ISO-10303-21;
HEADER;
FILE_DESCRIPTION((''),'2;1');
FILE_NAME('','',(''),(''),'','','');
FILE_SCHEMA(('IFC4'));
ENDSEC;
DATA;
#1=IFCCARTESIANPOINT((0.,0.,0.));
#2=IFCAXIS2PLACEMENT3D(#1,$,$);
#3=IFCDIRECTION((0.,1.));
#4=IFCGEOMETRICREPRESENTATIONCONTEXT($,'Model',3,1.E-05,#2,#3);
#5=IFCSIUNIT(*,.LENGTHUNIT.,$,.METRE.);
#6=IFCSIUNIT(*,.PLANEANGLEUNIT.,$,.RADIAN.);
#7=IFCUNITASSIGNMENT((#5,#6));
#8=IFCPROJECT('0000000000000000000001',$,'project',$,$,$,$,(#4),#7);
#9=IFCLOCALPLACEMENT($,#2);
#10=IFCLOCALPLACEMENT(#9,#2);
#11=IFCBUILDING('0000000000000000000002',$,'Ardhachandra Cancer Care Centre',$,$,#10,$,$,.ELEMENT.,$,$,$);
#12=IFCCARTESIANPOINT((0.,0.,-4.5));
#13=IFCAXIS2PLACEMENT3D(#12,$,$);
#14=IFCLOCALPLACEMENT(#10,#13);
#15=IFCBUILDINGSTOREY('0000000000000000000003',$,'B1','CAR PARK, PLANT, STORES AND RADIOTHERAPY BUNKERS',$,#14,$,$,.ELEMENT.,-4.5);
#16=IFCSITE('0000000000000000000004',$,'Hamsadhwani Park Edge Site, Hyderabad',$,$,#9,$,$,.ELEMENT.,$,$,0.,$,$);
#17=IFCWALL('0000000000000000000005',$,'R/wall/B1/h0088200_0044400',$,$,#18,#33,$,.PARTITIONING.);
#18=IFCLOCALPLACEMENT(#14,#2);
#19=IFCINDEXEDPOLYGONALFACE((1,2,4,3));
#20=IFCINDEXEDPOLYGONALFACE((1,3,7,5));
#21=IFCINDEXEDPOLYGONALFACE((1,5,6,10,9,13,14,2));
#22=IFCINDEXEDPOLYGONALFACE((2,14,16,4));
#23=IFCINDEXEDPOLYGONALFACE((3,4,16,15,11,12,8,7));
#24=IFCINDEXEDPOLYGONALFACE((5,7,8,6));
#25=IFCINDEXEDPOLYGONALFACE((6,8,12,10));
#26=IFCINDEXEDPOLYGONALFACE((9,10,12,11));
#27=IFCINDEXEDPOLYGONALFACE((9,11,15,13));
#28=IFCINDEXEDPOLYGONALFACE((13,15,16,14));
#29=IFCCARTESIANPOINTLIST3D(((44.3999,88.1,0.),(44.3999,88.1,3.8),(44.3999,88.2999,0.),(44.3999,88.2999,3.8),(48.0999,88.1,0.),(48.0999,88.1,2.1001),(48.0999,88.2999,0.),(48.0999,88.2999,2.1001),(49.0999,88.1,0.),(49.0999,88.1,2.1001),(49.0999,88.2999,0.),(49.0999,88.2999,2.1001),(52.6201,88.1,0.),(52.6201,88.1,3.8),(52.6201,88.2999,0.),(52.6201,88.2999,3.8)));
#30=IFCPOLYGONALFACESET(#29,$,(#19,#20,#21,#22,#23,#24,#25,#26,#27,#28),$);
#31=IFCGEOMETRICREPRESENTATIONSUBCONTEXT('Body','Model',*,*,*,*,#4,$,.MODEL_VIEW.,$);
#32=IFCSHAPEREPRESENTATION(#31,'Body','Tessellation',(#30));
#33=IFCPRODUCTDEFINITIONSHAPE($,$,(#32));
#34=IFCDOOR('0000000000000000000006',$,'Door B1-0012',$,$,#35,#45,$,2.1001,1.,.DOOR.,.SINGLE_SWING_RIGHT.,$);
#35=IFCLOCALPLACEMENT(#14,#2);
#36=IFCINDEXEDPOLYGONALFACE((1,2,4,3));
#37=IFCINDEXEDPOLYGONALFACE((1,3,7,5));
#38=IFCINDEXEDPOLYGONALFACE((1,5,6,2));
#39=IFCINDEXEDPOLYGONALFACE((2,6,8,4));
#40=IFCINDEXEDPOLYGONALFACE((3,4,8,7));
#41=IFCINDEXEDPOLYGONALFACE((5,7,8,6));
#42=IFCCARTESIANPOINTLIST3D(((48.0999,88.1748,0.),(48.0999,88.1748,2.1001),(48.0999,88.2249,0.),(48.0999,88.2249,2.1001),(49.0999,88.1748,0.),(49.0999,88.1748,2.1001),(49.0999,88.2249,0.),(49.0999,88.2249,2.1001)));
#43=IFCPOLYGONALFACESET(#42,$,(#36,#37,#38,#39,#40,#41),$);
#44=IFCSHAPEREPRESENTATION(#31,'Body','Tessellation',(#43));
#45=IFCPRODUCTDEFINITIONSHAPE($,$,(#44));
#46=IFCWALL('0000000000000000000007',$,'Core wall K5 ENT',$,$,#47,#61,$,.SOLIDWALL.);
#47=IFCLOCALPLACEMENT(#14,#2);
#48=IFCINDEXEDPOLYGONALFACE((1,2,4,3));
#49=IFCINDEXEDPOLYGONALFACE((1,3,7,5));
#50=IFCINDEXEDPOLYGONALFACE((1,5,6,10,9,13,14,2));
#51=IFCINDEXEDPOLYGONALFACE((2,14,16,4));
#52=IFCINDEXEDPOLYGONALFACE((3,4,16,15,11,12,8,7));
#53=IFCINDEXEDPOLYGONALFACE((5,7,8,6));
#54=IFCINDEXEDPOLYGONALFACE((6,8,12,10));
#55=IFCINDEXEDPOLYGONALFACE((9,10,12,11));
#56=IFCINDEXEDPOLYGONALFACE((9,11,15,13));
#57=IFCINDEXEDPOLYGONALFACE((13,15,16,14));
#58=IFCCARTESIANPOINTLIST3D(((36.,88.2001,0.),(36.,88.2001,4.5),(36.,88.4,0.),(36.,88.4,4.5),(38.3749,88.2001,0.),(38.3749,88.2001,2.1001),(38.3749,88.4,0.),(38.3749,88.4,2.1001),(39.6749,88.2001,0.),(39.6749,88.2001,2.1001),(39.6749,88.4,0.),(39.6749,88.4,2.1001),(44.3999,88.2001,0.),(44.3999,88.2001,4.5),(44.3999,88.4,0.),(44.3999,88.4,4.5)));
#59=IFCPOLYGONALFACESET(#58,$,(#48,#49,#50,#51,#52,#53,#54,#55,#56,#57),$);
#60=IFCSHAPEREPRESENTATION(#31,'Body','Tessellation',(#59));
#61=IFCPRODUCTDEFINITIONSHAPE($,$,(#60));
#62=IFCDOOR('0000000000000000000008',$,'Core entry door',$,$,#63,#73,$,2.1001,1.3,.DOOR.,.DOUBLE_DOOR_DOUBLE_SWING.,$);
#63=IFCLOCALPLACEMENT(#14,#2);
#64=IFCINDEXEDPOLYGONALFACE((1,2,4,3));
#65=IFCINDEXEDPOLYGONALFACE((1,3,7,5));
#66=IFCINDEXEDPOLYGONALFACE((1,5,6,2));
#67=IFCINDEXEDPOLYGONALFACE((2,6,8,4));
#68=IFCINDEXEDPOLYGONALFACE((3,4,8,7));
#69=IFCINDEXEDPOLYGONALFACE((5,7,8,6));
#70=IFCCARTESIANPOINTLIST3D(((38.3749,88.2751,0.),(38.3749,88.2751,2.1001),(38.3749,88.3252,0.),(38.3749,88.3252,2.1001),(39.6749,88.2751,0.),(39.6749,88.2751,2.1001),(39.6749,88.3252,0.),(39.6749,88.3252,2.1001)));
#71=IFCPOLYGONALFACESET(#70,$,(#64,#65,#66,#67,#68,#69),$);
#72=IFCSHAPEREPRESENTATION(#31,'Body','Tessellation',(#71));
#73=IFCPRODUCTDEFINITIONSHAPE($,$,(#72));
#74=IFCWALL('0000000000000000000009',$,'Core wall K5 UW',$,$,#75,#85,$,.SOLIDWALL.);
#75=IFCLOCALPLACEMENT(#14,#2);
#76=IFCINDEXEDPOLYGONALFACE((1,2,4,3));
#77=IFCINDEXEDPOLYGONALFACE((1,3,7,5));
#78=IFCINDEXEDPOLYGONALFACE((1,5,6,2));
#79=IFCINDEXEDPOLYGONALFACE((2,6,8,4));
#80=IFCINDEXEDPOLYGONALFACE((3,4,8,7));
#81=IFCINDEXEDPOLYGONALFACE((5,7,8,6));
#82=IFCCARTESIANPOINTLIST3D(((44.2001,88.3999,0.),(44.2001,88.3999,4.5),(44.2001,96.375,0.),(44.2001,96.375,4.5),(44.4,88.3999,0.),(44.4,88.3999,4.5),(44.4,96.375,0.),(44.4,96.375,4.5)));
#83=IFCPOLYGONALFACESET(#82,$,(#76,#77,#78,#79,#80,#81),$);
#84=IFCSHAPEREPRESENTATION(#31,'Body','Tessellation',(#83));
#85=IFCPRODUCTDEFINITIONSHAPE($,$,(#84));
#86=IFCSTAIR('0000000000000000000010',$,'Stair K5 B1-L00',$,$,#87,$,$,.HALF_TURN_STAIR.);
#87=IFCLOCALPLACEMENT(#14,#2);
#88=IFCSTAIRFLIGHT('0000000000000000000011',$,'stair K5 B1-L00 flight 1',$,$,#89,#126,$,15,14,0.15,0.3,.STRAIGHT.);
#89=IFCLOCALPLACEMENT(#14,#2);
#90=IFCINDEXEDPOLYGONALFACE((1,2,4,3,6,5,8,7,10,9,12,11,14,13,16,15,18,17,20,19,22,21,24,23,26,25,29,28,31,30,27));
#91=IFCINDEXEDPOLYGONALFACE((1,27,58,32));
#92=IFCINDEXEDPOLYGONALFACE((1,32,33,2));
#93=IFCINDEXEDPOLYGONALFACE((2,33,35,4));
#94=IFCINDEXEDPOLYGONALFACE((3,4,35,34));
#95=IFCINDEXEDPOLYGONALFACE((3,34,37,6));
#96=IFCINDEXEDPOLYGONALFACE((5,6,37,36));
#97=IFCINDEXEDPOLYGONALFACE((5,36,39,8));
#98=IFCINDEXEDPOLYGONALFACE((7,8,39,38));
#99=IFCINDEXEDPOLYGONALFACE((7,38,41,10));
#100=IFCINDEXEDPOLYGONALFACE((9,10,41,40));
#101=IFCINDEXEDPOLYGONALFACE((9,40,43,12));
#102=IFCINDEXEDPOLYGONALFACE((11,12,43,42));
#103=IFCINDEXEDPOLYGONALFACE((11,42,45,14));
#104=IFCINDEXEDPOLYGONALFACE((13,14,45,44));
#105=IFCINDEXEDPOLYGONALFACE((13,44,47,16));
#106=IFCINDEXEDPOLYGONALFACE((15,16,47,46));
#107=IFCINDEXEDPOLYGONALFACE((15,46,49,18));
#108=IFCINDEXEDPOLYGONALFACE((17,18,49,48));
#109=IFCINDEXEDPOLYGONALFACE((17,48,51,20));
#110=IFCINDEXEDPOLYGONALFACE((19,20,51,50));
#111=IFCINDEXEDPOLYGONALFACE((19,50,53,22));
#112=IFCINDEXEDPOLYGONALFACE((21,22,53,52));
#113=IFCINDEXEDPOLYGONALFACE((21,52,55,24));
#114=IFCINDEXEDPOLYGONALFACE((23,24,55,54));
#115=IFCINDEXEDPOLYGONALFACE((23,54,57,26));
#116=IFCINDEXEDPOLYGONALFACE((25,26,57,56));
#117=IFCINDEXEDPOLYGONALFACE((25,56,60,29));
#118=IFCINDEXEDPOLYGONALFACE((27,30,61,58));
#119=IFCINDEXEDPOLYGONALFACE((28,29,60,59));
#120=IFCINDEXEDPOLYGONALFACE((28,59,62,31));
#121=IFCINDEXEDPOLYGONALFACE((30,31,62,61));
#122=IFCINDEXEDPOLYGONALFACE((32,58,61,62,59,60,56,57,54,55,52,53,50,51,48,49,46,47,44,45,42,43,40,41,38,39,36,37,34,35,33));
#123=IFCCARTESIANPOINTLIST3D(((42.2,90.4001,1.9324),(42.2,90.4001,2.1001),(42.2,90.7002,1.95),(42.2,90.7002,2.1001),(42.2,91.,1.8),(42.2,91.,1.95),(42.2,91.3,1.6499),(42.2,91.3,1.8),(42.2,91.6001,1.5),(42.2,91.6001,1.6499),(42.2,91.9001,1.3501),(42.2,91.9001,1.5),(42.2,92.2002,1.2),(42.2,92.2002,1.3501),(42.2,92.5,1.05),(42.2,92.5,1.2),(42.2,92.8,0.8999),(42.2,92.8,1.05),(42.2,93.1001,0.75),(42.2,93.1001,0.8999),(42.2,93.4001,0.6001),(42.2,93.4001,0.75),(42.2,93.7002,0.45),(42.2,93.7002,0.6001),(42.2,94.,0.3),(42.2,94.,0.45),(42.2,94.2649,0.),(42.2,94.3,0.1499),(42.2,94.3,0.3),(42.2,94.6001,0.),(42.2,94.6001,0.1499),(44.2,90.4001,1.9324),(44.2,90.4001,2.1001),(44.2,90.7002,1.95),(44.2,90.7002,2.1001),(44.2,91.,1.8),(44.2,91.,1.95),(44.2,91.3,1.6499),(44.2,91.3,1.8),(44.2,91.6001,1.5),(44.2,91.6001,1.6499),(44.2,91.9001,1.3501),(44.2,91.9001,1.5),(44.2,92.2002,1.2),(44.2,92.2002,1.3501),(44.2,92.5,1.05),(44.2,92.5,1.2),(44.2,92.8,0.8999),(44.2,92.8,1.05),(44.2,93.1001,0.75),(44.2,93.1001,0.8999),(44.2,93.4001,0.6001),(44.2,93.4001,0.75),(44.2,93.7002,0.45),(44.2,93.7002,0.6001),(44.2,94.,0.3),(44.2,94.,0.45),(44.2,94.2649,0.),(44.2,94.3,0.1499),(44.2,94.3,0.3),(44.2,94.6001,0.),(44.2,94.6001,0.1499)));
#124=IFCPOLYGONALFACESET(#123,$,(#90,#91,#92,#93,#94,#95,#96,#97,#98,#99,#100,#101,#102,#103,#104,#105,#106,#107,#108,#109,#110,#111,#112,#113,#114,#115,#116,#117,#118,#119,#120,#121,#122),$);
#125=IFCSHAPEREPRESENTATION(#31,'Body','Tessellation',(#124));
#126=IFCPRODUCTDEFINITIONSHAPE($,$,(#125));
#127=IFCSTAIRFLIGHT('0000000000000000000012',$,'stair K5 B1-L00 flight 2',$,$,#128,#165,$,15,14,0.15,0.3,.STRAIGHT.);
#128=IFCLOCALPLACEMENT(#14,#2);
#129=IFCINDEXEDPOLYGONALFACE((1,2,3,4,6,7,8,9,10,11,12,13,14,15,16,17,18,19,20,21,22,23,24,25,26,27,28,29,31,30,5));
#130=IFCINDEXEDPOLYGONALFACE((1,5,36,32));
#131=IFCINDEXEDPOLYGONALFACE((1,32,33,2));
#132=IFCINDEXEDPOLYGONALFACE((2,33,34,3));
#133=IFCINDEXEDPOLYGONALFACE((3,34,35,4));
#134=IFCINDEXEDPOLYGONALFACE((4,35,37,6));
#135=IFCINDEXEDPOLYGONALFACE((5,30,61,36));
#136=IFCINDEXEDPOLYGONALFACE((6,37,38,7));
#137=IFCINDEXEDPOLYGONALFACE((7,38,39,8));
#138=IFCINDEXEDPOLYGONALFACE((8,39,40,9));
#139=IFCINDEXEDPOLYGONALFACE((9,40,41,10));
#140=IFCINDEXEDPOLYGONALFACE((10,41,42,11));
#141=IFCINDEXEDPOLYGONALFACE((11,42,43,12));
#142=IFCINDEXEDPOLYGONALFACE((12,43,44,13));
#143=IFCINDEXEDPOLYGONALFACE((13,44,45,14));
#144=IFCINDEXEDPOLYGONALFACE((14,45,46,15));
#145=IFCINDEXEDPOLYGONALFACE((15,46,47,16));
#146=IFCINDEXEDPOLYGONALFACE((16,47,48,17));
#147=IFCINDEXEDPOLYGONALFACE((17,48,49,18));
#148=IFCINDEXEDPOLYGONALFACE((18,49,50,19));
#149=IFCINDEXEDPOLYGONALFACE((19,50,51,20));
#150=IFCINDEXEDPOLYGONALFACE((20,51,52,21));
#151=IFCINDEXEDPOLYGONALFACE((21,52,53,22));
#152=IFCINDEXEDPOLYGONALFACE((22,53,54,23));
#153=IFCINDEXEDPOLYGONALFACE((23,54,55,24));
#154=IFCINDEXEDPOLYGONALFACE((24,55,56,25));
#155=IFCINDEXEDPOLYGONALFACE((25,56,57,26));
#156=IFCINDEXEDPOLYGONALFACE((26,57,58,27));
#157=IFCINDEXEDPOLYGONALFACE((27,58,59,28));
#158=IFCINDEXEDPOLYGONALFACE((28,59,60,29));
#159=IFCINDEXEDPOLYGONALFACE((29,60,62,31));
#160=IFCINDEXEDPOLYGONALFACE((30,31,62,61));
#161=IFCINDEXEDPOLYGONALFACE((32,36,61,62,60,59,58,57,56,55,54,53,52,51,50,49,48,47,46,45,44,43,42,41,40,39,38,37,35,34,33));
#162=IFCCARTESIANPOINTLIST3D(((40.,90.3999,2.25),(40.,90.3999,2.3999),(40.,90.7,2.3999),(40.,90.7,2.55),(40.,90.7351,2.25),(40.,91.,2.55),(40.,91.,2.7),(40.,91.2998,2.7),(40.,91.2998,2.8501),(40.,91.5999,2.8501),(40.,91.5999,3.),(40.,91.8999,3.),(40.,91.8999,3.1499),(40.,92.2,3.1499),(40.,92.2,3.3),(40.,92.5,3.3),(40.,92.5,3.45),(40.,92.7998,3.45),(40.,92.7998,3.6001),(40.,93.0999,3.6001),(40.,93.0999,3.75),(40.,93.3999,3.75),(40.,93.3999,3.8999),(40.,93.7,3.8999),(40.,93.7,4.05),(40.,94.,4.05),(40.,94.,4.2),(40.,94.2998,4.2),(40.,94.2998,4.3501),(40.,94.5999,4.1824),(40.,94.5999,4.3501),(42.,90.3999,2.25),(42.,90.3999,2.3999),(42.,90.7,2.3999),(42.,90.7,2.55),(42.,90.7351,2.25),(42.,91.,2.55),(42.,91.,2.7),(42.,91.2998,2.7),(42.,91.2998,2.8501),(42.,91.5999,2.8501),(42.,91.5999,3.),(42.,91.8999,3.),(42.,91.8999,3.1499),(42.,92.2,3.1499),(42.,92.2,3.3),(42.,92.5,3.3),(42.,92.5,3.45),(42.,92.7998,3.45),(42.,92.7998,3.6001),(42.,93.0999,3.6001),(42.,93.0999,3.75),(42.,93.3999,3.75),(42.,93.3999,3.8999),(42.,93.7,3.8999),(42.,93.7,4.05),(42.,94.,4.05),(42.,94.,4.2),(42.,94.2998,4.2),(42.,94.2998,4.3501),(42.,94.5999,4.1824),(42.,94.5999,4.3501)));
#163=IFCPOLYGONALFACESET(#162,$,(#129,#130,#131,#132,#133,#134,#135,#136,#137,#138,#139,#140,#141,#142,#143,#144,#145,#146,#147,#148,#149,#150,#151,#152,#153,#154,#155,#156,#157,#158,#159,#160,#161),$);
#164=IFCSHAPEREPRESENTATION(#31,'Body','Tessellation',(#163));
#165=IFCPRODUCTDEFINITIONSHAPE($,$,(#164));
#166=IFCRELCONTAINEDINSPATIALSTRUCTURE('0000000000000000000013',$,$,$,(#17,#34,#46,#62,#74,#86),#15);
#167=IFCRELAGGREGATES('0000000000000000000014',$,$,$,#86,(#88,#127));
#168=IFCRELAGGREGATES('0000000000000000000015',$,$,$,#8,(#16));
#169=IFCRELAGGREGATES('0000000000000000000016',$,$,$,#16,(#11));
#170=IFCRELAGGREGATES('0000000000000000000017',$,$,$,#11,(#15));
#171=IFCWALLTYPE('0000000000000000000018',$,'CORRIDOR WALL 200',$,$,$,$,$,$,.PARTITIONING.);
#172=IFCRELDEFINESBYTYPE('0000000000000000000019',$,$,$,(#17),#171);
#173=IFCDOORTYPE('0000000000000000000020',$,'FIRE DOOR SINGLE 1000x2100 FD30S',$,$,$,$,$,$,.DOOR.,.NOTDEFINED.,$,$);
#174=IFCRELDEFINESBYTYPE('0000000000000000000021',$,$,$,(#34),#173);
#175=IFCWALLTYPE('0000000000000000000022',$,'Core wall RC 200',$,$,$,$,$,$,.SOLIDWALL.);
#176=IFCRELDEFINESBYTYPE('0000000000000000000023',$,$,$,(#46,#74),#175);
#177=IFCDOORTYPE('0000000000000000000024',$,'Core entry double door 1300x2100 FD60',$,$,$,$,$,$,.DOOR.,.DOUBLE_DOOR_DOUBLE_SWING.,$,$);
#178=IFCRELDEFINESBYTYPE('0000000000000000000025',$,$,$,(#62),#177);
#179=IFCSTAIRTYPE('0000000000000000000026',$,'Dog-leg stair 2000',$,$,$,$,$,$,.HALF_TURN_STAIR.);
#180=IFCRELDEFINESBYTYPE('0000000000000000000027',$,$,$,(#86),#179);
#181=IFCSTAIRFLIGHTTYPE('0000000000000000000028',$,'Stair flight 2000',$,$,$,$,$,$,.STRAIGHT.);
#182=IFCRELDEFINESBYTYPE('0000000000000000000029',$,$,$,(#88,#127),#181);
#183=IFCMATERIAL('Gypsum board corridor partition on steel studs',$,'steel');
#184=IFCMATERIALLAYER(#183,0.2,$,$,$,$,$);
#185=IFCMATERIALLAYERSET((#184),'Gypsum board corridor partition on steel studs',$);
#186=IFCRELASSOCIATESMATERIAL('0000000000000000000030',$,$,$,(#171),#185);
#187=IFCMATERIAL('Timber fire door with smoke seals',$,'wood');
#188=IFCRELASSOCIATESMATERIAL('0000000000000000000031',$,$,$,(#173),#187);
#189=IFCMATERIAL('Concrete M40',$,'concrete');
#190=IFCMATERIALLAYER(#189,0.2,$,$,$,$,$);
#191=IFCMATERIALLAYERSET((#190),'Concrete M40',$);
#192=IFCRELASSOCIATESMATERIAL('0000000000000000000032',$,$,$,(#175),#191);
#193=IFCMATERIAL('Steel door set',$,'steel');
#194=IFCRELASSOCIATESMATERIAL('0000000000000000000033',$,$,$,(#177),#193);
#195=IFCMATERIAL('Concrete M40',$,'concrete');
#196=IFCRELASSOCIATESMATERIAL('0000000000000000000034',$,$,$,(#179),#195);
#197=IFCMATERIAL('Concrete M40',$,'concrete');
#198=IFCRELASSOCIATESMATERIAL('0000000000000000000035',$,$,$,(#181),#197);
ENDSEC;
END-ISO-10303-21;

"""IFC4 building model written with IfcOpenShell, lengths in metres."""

from ifc_helpers import new_model, si_unit, direction, frame, frame_2d, origin, place, context, subcontext, project, spatial, polyline, rectangle, outline, extrude, material, layer, layer_set, type_object, element, fill, aggregate, save


model = new_model("IFC4")

# Units and contexts
model_context = context("Model", 3, precision=1e-05, world=origin(), true_north=direction((0.0, 1.0)))
body_context = subcontext(model_context, "Body", "Model", "MODEL_VIEW")
ifc_project = project(units=[si_unit("LENGTHUNIT", "METRE"), si_unit("PLANEANGLEUNIT", "RADIAN")], contexts=[model_context])

# Site, building, storey
site_placement = place(None, origin())
site = spatial("IfcSite", under=ifc_project, at=site_placement, Name="Hamsadhwani Park Edge Site, Hyderabad", CompositionType="ELEMENT", RefElevation=0.0)
building_placement = place(site_placement, origin())
building = spatial("IfcBuilding", under=site, at=building_placement, Name="Ardhachandra Cancer Care Centre", CompositionType="ELEMENT")
storey_placement = place(building_placement, frame((0.0, 0.0, -4.5)))
storey = spatial("IfcBuildingStorey", under=building, at=storey_placement, Name="B1", Description="CAR PARK, PLANT, STORES AND RADIOTHERAPY BUNKERS", CompositionType="ELEMENT", Elevation=-4.5)

# Walls, openings, doors
ifc_material_1 = material(Name="Gypsum board corridor partition on steel studs", Category="steel")
ifc_layer_1 = layer(ifc_material_1, 0.2)
ifc_layer_set_1 = layer_set([ifc_layer_1], Name="Gypsum board corridor partition on steel studs")
wall_type_1 = type_object("IfcWallType", Name="CORRIDOR WALL 200", PredefinedType="PARTITIONING", material=ifc_layer_set_1)
wall_1_placement = place(storey_placement, frame((44.3999, 88.2, 0.0), z_axis=(0.0, 0.0, 1.0), x_axis=(1.0, 0.0, 0.0)))
wall_1 = element("IfcWall", 1, at=wall_1_placement, inside=storey, type_object=wall_type_1, Name="R/wall/B1/h0088200_0044400", PredefinedType="PARTITIONING", context=body_context, shape_type="SweptSolid", body=[
    extrude(rectangle(XDim=8.2202, YDim=0.2, at=frame_2d((4.1101, 0.0))), origin(), (0.0, 0.0, 1.0), 3.8),
])
opening_1_placement = place(wall_1_placement, frame((3.7, 0.0, 0.0)))
opening_1 = element("IfcOpeningElement", 2, at=opening_1_placement, cuts=wall_1, PredefinedType="OPENING", context=body_context, shape_type="SweptSolid", body=[
    extrude(rectangle(XDim=1.0, YDim=2.1001, at=frame_2d((0.5, 1.05))), frame((0.0, 0.1099, 0.0), z_axis=(0.0, -1.0, 0.0), x_axis=(1.0, 0.0, 0.0)), (0.0, 0.0, 1.0), 0.22),
])
ifc_material_2 = material(Name="Timber fire door with smoke seals", Category="wood")
door_type_1 = type_object("IfcDoorType", Name="FIRE DOOR SINGLE 1000x2100 FD30S", OperationType="NOTDEFINED", PredefinedType="DOOR", material=ifc_material_2)
door_1_placement = place(opening_1_placement, origin())
door_1 = element("IfcDoor", 3, at=door_1_placement, inside=storey, type_object=door_type_1, Name="Door B1-0012", OperationType="SINGLE_SWING_RIGHT", OverallHeight=2.1001, OverallWidth=1.0, PredefinedType="DOOR", context=body_context, shape_type="SweptSolid", body=[
    extrude(rectangle(XDim=1.0, YDim=2.1001, at=frame_2d((0.5, 1.05))), frame((0.0, 0.0249, 0.0), z_axis=(0.0, -1.0, 0.0), x_axis=(1.0, 0.0, 0.0)), (0.0, 0.0, 1.0), 0.05),
])
fill(opening_1, door_1)
ifc_material_3 = material(Name="Concrete M40", Category="concrete")
ifc_layer_2 = layer(ifc_material_3, 0.2)
ifc_layer_set_2 = layer_set([ifc_layer_2], Name="Concrete M40")
wall_type_2 = type_object("IfcWallType", Name="Core wall RC 200", PredefinedType="SOLIDWALL", material=ifc_layer_set_2)
wall_2_placement = place(storey_placement, frame((44.3999, 88.3, 0.0), z_axis=(0.0, 0.0, 1.0), x_axis=(-1.0, 0.0, 0.0)))
wall_2 = element("IfcWall", 4, at=wall_2_placement, inside=storey, type_object=wall_type_2, Name="Core wall K5 ENT", PredefinedType="SOLIDWALL", context=body_context, shape_type="SweptSolid", body=[
    extrude(rectangle(XDim=8.3999, YDim=0.2, at=frame_2d((4.2, 0.0))), origin(), (0.0, 0.0, 1.0), 4.5),
])
opening_2_placement = place(wall_2_placement, frame((4.7251, 0.0, 0.0)))
opening_2 = element("IfcOpeningElement", 5, at=opening_2_placement, cuts=wall_2, PredefinedType="OPENING", context=body_context, shape_type="SweptSolid", body=[
    extrude(rectangle(XDim=1.3, YDim=2.1001, at=frame_2d((0.6499, 1.05))), frame((0.0, 0.1099, 0.0), z_axis=(0.0, -1.0, 0.0), x_axis=(1.0, 0.0, 0.0)), (0.0, 0.0, 1.0), 0.22),
])
ifc_material_4 = material(Name="Steel door set", Category="steel")
door_type_2 = type_object("IfcDoorType", Name="Core entry double door 1300x2100 FD60", OperationType="DOUBLE_DOOR_DOUBLE_SWING", PredefinedType="DOOR", material=ifc_material_4)
door_2_placement = place(opening_2_placement, origin())
door_2 = element("IfcDoor", 6, at=door_2_placement, inside=storey, type_object=door_type_2, Name="Core entry door", OperationType="DOUBLE_DOOR_DOUBLE_SWING", OverallHeight=2.1001, OverallWidth=1.3, PredefinedType="DOOR", context=body_context, shape_type="SweptSolid", body=[
    extrude(rectangle(XDim=1.3, YDim=2.1001, at=frame_2d((0.6499, 1.05))), frame((0.0, 0.0249, 0.0), z_axis=(0.0, -1.0, 0.0), x_axis=(1.0, 0.0, 0.0)), (0.0, 0.0, 1.0), 0.05),
])
fill(opening_2, door_2)

# Wall
wall_3_placement = place(storey_placement, frame((44.3, 88.3999, 0.0), z_axis=(0.0, 0.0, 1.0), x_axis=(0.0, 1.0, 0.0)))
element("IfcWall", 7, at=wall_3_placement, inside=storey, type_object=wall_type_2, Name="Core wall K5 UW", PredefinedType="SOLIDWALL", context=body_context, shape_type="SweptSolid", body=[
    extrude(rectangle(XDim=7.9751, YDim=0.2, at=frame_2d((3.9875, 0.0))), origin(), (0.0, 0.0, 1.0), 4.5),
])

# Stair, stair flights
ifc_material_5 = material(Name="Concrete M40", Category="concrete")
stair_type = type_object("IfcStairType", Name="Dog-leg stair 2000", PredefinedType="HALF_TURN_STAIR", material=ifc_material_5)
stair_placement = place(storey_placement, origin())
stair = element("IfcStair", 8, at=stair_placement, inside=storey, type_object=stair_type, Name="Stair K5 B1-L00", PredefinedType="HALF_TURN_STAIR")
ifc_material_6 = material(Name="Concrete M40", Category="concrete")
stair_flight_type = type_object("IfcStairFlightType", Name="Stair flight 2000", PredefinedType="STRAIGHT", material=ifc_material_6)
stair_flight_1_placement = place(storey_placement, frame((43.2, 94.6001, 0.0), z_axis=(0.0, 0.0, 1.0), x_axis=(0.0, -1.0, 0.0)))
stair_flight_1 = element("IfcStairFlight", 9, at=stair_flight_1_placement, type_object=stair_flight_type, Name="stair K5 B1-L00 flight 1", NumberOfRisers=15, NumberOfTreads=14, PredefinedType="STRAIGHT", RiserHeight=0.15, TreadLength=0.3, context=body_context, shape_type="SweptSolid", body=[
    extrude(outline(polyline([(0.0, 0.0), (0.0, 0.1499), (0.3, 0.1499), (0.3, 0.3), (0.6001, 0.3), (0.6001, 0.45), (0.8999, 0.45), (0.8999, 0.6001), (1.2, 0.6001), (1.2, 0.75), (1.5, 0.75), (1.5, 0.8999), (1.8, 0.8999), (1.8, 1.05), (2.1001, 1.05), (2.1001, 1.2), (2.3999, 1.2), (2.3999, 1.3501), (2.7, 1.3501), (2.7, 1.5), (3.0, 1.5), (3.0, 1.6499), (3.3, 1.6499), (3.3, 1.8), (3.6001, 1.8), (3.6001, 1.95), (3.8999, 1.95), (3.8999, 2.1001), (4.2, 2.1001), (4.2, 2.25), (4.2, 1.9324), (0.3352, 0.0), (0.0, 0.0)])), frame((0.0, 1.0, 0.0), z_axis=(0.0, -1.0, 0.0), x_axis=(1.0, 0.0, 0.0)), (0.0, 0.0, 1.0), 2.0),
])
stair_flight_2_placement = place(storey_placement, frame((41.0, 90.3999, 2.25), z_axis=(0.0, 0.0, 1.0), x_axis=(0.0, 1.0, 0.0)))
stair_flight_2 = element("IfcStairFlight", 10, at=stair_flight_2_placement, type_object=stair_flight_type, Name="stair K5 B1-L00 flight 2", NumberOfRisers=15, NumberOfTreads=14, PredefinedType="STRAIGHT", RiserHeight=0.15, TreadLength=0.3, context=body_context, shape_type="SweptSolid", body=[
    extrude(outline(polyline([(0.0, 0.0), (0.0, 0.1499), (0.3, 0.1499), (0.3, 0.3), (0.6001, 0.3), (0.6001, 0.45), (0.8999, 0.45), (0.8999, 0.6001), (1.2, 0.6001), (1.2, 0.75), (1.5, 0.75), (1.5, 0.8999), (1.8, 0.8999), (1.8, 1.05), (2.1001, 1.05), (2.1001, 1.2), (2.3999, 1.2), (2.3999, 1.3501), (2.7, 1.3501), (2.7, 1.5), (3.0, 1.5), (3.0, 1.6499), (3.3, 1.6499), (3.3, 1.8), (3.6001, 1.8), (3.6001, 1.95), (3.8999, 1.95), (3.8999, 2.1001), (4.2, 2.1001), (4.2, 2.25), (4.2, 1.9324), (0.3352, 0.0), (0.0, 0.0)])), frame((0.0, 1.0, 0.0), z_axis=(0.0, -1.0, 0.0), x_axis=(1.0, 0.0, 0.0)), (0.0, 0.0, 1.0), 2.0),
])
aggregate(stair, [stair_flight_1, stair_flight_2])

save(model, "model.ifc")
